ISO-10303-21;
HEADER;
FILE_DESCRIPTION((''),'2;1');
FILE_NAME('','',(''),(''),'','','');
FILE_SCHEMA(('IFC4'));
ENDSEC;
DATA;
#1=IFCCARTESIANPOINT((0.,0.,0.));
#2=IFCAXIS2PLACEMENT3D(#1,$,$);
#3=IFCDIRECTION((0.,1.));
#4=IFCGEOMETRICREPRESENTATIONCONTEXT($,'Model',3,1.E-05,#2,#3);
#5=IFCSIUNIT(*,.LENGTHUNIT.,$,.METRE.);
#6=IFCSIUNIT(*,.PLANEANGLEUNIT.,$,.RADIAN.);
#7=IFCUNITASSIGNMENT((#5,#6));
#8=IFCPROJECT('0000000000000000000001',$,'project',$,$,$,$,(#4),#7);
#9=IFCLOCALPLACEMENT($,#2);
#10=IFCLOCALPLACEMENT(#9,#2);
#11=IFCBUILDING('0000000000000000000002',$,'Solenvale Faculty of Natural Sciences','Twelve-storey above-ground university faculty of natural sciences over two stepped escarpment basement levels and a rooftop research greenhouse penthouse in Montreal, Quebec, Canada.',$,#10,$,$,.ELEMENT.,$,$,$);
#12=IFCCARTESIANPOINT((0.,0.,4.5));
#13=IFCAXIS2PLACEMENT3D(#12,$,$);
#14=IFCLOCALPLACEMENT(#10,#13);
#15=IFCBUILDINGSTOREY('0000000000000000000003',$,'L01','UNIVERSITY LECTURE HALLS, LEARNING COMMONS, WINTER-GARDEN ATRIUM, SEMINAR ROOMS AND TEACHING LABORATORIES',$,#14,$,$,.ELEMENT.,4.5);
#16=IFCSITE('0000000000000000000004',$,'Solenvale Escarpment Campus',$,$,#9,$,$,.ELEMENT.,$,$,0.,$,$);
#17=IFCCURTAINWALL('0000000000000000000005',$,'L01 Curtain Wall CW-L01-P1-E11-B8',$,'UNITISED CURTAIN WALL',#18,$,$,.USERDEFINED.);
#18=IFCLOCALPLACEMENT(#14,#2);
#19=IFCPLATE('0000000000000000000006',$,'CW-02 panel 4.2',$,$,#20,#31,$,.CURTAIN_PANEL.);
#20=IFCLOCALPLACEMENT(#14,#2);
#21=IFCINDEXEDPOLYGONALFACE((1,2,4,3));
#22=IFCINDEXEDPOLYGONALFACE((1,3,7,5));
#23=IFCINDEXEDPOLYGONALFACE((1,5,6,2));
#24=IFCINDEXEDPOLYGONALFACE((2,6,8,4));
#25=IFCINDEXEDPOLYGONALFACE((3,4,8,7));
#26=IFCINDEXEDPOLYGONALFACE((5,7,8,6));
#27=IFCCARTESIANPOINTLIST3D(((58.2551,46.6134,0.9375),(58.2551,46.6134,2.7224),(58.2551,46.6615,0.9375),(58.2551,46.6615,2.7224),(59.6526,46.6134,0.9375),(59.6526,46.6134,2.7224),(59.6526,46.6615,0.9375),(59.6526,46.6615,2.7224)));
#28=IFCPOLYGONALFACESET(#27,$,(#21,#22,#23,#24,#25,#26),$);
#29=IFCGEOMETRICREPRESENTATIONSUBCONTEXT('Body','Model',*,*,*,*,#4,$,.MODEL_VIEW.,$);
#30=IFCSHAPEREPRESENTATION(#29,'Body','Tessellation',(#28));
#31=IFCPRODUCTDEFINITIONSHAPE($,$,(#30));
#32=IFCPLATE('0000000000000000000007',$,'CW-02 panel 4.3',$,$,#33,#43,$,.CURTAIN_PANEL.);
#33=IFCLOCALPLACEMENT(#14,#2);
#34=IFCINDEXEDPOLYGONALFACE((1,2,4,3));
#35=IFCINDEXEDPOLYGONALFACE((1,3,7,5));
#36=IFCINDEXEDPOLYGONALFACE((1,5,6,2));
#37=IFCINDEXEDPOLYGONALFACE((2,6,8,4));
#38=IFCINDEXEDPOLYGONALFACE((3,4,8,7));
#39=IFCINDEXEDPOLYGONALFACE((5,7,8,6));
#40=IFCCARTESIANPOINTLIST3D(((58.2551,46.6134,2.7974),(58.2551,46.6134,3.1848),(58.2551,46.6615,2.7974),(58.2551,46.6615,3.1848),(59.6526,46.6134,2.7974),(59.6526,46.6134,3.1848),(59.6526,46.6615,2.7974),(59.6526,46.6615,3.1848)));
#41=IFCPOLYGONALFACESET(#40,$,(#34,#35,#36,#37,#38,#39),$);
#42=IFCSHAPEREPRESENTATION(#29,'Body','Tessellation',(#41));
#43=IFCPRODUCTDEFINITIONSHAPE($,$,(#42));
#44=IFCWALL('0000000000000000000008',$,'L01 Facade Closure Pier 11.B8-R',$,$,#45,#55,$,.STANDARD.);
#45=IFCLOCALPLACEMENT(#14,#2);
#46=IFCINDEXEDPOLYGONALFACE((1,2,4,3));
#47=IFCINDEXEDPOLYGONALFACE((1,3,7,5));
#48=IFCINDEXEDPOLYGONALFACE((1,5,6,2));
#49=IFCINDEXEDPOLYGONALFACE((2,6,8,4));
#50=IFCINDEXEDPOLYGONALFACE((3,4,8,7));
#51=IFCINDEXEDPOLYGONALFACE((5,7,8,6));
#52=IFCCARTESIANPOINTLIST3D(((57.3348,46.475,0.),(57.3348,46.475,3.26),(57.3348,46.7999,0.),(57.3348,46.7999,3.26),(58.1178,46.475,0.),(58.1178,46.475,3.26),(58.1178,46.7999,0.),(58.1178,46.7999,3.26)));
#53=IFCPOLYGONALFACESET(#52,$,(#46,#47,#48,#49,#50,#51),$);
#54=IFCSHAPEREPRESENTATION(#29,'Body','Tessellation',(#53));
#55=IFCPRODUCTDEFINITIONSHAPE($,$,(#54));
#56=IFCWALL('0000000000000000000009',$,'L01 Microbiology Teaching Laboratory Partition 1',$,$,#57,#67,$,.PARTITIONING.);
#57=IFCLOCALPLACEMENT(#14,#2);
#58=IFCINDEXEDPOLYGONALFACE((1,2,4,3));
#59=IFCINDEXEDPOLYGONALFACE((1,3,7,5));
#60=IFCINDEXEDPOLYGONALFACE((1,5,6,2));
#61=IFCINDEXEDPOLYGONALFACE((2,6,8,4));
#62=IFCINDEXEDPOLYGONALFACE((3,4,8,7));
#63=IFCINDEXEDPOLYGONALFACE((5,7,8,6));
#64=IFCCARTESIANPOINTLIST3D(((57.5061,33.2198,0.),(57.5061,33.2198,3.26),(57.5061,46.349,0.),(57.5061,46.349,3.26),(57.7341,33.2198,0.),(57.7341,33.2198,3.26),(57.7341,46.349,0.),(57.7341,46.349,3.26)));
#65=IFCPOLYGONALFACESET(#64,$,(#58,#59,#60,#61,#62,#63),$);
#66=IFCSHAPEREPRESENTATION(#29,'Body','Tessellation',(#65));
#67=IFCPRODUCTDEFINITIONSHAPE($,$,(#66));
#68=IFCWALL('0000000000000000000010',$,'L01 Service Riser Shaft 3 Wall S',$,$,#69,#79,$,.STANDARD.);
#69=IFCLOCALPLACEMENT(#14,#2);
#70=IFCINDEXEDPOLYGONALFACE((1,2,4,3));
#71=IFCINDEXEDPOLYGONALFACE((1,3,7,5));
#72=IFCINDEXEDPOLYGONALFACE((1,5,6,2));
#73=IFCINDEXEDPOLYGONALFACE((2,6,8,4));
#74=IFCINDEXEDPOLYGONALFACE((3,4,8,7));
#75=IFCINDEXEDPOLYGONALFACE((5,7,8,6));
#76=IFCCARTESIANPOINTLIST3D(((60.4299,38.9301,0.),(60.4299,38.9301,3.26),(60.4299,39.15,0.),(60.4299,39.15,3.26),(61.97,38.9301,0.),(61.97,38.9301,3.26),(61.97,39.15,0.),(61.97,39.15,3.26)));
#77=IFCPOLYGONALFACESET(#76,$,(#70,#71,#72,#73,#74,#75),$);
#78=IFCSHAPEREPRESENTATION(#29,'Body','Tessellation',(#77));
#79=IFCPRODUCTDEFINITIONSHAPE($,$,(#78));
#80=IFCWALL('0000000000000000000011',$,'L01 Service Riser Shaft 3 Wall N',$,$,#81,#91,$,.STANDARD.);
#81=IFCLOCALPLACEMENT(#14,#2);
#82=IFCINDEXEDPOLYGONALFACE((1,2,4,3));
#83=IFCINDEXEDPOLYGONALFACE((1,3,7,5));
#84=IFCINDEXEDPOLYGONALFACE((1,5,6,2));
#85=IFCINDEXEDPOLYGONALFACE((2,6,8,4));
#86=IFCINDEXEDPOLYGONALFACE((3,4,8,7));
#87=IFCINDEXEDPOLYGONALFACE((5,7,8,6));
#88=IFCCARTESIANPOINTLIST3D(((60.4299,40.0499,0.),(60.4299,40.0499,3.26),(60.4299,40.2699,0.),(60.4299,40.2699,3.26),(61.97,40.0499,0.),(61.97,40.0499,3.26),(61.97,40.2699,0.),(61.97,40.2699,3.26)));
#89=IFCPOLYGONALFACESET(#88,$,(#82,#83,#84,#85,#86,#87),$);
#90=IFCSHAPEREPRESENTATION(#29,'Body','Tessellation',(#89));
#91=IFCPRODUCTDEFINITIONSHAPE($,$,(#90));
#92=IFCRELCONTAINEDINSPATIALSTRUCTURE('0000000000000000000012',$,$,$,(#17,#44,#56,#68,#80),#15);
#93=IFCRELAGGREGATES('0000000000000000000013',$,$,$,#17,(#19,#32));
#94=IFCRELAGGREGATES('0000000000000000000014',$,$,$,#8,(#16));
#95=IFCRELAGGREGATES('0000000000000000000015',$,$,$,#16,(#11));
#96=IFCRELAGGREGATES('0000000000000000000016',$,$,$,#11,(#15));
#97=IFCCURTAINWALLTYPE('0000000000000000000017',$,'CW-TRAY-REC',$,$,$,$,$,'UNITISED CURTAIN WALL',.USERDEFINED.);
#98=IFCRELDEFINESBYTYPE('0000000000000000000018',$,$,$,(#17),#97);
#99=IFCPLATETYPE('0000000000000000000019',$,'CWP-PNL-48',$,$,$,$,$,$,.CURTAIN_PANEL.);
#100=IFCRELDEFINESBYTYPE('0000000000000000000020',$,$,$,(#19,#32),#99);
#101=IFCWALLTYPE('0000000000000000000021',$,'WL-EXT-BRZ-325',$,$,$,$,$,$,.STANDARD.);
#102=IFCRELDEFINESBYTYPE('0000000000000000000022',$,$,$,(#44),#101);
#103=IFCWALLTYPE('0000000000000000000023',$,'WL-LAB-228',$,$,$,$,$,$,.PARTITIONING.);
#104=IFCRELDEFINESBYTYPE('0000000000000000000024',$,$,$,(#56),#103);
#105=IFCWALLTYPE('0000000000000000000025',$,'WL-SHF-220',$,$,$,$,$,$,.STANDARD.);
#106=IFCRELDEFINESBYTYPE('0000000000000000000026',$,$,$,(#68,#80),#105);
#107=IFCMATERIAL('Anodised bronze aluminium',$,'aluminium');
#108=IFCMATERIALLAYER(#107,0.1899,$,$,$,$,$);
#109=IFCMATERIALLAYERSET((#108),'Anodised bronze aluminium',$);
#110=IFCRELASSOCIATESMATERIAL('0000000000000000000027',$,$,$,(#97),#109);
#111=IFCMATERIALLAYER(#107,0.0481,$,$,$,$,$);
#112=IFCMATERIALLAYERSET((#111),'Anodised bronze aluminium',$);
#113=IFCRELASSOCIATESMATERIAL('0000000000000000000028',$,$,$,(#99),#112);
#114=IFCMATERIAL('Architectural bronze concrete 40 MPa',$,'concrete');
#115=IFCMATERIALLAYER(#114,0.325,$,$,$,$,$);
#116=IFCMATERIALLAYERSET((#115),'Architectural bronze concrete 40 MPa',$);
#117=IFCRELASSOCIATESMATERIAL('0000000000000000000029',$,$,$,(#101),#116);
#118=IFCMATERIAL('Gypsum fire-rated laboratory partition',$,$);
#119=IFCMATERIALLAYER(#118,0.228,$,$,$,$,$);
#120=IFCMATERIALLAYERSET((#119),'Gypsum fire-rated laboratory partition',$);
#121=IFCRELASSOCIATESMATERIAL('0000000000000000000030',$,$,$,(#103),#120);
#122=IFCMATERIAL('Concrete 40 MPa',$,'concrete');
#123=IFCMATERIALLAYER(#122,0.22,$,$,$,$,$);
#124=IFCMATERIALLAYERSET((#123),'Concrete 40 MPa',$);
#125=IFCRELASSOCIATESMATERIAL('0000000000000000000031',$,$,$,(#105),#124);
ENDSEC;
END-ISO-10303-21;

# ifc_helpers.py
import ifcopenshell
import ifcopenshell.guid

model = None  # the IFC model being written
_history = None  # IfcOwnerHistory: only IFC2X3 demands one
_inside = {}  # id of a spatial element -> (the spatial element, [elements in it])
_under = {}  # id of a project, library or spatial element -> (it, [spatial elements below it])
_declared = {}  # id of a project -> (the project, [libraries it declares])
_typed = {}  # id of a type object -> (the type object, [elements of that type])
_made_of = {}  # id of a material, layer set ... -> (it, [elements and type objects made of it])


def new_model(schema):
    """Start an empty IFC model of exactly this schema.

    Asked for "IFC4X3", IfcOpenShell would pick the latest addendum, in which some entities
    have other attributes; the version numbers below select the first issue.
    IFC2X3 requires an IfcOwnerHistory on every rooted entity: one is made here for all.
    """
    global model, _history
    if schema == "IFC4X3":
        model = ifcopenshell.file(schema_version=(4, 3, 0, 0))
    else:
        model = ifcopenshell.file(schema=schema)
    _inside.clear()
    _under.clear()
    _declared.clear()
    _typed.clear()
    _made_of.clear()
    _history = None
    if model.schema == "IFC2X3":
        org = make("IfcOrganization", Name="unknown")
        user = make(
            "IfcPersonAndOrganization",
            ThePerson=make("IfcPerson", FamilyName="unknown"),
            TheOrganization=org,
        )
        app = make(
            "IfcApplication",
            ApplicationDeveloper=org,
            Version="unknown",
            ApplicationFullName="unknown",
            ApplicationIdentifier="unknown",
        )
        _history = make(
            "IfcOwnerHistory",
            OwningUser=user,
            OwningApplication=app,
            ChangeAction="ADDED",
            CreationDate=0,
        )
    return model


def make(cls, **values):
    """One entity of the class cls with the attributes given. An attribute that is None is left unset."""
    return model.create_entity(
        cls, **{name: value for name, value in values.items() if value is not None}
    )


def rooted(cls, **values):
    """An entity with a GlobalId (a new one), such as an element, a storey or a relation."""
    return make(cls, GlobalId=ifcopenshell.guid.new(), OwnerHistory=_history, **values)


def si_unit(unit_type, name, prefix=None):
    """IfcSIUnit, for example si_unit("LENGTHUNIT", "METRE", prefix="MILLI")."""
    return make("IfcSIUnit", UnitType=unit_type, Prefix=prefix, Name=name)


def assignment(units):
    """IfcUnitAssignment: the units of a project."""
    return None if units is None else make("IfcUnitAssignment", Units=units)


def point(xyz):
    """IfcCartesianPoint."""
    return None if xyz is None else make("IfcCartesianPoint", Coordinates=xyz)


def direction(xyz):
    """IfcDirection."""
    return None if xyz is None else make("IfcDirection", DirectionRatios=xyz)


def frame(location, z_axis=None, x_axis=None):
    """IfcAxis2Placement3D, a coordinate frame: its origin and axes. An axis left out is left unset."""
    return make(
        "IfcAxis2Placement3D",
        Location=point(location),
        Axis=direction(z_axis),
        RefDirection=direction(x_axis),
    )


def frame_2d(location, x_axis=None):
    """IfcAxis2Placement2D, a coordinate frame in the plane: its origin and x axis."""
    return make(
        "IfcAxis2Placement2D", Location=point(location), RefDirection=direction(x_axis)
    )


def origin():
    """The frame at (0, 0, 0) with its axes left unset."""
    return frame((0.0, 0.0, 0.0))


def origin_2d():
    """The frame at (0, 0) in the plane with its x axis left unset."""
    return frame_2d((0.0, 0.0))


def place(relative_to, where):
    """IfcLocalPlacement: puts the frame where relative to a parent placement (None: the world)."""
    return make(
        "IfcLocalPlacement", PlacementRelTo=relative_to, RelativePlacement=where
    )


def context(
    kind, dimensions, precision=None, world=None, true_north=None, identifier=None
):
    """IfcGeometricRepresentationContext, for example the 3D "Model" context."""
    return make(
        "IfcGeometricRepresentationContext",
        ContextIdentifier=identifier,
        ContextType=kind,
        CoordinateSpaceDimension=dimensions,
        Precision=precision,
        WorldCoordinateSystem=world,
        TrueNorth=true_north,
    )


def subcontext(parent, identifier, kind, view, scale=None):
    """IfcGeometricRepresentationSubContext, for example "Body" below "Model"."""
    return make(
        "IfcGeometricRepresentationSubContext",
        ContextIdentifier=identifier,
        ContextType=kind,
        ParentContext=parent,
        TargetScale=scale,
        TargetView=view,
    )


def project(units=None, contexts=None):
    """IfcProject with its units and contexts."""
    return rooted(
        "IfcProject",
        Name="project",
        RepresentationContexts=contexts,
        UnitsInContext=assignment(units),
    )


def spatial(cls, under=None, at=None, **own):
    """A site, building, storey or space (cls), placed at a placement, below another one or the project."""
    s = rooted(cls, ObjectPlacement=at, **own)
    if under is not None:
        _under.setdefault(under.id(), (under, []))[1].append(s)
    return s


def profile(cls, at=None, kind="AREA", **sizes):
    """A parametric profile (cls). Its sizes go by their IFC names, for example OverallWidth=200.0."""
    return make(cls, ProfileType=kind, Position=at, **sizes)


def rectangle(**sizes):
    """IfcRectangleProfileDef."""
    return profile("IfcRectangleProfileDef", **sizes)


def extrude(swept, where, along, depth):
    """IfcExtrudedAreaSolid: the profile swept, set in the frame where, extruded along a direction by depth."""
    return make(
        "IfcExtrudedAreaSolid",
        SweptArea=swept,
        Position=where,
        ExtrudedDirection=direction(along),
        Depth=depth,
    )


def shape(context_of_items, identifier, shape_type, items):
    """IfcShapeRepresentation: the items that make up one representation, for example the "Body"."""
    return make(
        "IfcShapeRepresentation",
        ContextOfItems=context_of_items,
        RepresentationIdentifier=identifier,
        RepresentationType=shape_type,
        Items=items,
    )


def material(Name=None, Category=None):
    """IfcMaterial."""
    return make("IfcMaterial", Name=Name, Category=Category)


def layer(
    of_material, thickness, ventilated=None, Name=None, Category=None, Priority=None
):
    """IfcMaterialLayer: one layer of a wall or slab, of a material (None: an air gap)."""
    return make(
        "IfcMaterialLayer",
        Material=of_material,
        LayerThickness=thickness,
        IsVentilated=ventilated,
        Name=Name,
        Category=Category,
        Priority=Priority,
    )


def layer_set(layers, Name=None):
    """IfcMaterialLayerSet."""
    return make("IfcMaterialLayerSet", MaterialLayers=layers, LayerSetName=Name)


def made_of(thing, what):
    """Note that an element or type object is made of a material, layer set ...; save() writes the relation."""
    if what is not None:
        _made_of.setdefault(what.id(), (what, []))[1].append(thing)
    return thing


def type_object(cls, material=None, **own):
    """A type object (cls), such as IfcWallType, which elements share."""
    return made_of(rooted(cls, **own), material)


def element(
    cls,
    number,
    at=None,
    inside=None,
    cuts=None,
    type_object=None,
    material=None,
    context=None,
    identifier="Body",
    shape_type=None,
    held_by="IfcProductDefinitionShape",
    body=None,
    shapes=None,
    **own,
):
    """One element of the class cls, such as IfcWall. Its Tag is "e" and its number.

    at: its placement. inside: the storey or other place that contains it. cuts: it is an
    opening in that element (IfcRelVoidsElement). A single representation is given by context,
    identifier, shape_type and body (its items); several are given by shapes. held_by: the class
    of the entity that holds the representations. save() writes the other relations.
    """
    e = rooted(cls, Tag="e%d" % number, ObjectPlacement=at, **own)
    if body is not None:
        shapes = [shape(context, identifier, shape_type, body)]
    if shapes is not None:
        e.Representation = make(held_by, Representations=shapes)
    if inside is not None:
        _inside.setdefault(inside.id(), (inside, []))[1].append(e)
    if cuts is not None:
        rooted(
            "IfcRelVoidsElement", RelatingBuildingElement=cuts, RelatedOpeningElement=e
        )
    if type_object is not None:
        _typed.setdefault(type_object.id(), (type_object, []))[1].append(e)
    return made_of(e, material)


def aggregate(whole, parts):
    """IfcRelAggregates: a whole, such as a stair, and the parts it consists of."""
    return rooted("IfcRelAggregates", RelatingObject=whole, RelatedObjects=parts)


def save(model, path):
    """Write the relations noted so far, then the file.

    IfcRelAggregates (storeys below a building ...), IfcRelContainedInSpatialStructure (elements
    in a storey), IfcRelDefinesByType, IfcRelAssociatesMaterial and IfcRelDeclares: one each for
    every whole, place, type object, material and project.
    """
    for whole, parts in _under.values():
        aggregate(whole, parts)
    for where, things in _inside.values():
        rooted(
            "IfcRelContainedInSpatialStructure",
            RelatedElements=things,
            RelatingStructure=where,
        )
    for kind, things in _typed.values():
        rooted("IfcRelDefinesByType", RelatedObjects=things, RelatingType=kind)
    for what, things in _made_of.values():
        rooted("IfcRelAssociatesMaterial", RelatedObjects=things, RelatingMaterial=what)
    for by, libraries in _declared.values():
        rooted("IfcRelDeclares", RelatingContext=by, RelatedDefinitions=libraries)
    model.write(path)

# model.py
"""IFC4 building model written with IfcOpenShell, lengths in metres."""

from ifc_helpers import new_model, si_unit, direction, frame, frame_2d, origin, origin_2d, place, context, subcontext, project, spatial, rectangle, extrude, material, layer, layer_set, type_object, element, aggregate, save


model = new_model("IFC4")

# Units and contexts
model_context = context("Model", 3, precision=1e-05, world=origin(), true_north=direction((0.0, 1.0)))
body_context = subcontext(model_context, "Body", "Model", "MODEL_VIEW")
ifc_project = project(units=[si_unit("LENGTHUNIT", "METRE"), si_unit("PLANEANGLEUNIT", "RADIAN")], contexts=[model_context])

# Site, building, storey
site_placement = place(None, origin())
site = spatial("IfcSite", under=ifc_project, at=site_placement, Name="Solenvale Escarpment Campus", CompositionType="ELEMENT", RefElevation=0.0)
building_placement = place(site_placement, origin())
building = spatial("IfcBuilding", under=site, at=building_placement, Name="Solenvale Faculty of Natural Sciences", Description="Twelve-storey above-ground university faculty of natural sciences over two stepped escarpment basement levels and a rooftop research greenhouse penthouse in Montreal, Quebec, Canada.", CompositionType="ELEMENT")
storey_placement = place(building_placement, frame((0.0, 0.0, 4.5)))
storey = spatial("IfcBuildingStorey", under=building, at=storey_placement, Name="L01", Description="UNIVERSITY LECTURE HALLS, LEARNING COMMONS, WINTER-GARDEN ATRIUM, SEMINAR ROOMS AND TEACHING LABORATORIES", CompositionType="ELEMENT", Elevation=4.5)

# Shared definitions
ifc_material_1 = material(Name="Concrete 40 MPa", Category="concrete")
ifc_material_2 = material(Name="Architectural bronze concrete 40 MPa", Category="concrete")

# Curtain wall, plates
ifc_material_3 = material(Name="Anodised bronze aluminium", Category="aluminium")
ifc_layer_1 = layer(ifc_material_3, 0.1899)
ifc_layer_set_1 = layer_set([ifc_layer_1], Name="Anodised bronze aluminium")
curtain_wall_type = type_object("IfcCurtainWallType", Name="CW-TRAY-REC", ElementType="UNITISED CURTAIN WALL", PredefinedType="USERDEFINED", material=ifc_layer_set_1)
curtain_wall_placement = place(storey_placement, origin())
curtain_wall = element("IfcCurtainWall", 1, at=curtain_wall_placement, inside=storey, type_object=curtain_wall_type, Name="L01 Curtain Wall CW-L01-P1-E11-B8", ObjectType="UNITISED CURTAIN WALL", PredefinedType="USERDEFINED")
ifc_layer_2 = layer(ifc_material_3, 0.0481)
ifc_layer_set_2 = layer_set([ifc_layer_2], Name="Anodised bronze aluminium")
plate_type = type_object("IfcPlateType", Name="CWP-PNL-48", PredefinedType="CURTAIN_PANEL", material=ifc_layer_set_2)
plate_1_placement = place(storey_placement, frame((58.9539, 46.6375, 0.9375), z_axis=(0.0, 0.0, 1.0), x_axis=(-1.0, 0.0, 0.0)))
plate_1 = element("IfcPlate", 2, at=plate_1_placement, type_object=plate_type, Name="CW-02 panel 4.2", PredefinedType="CURTAIN_PANEL", context=body_context, shape_type="SweptSolid", body=[
    extrude(rectangle(XDim=1.3975, YDim=0.0481, at=origin_2d()), origin(), (0.0, 0.0, 1.0), 1.7849),
])
plate_2_placement = place(storey_placement, frame((58.9539, 46.6375, 2.7974), z_axis=(0.0, 0.0, 1.0), x_axis=(-1.0, 0.0, 0.0)))
plate_2 = element("IfcPlate", 3, at=plate_2_placement, type_object=plate_type, Name="CW-02 panel 4.3", PredefinedType="CURTAIN_PANEL", context=body_context, shape_type="SweptSolid", body=[
    extrude(rectangle(XDim=1.3975, YDim=0.0481, at=origin_2d()), origin(), (0.0, 0.0, 1.0), 0.3875),
])
aggregate(curtain_wall, [plate_1, plate_2])

# Walls
ifc_layer_3 = layer(ifc_material_2, 0.325)
ifc_layer_set_3 = layer_set([ifc_layer_3], Name="Architectural bronze concrete 40 MPa")
wall_type_1 = type_object("IfcWallType", Name="WL-EXT-BRZ-325", PredefinedType="STANDARD", material=ifc_layer_set_3)
wall_1_placement = place(storey_placement, frame((58.1179, 46.6375, 0.0), z_axis=(0.0, 0.0, 1.0), x_axis=(-1.0, 0.0, 0.0)))
element("IfcWall", 4, at=wall_1_placement, inside=storey, type_object=wall_type_1, Name="L01 Facade Closure Pier 11.B8-R", PredefinedType="STANDARD", context=body_context, shape_type="SweptSolid", body=[
    extrude(rectangle(XDim=0.783, YDim=0.325, at=frame_2d((0.3916, 0.0))), origin(), (0.0, 0.0, 1.0), 3.26),
])
ifc_material_4 = material(Name="Gypsum fire-rated laboratory partition")
ifc_layer_4 = layer(ifc_material_4, 0.228)
ifc_layer_set_4 = layer_set([ifc_layer_4], Name="Gypsum fire-rated laboratory partition")
wall_type_2 = type_object("IfcWallType", Name="WL-LAB-228", PredefinedType="PARTITIONING", material=ifc_layer_set_4)
wall_2_placement = place(storey_placement, frame((57.6201, 33.22, 0.0), z_axis=(0.0, 0.0, 1.0), x_axis=(0.0, 1.0, 0.0)))
element("IfcWall", 5, at=wall_2_placement, inside=storey, type_object=wall_type_2, Name="L01 Microbiology Teaching Laboratory Partition 1", PredefinedType="PARTITIONING", context=body_context, shape_type="SweptSolid", body=[
    extrude(rectangle(XDim=13.1292, YDim=0.228, at=frame_2d((6.5645, 0.0))), origin(), (0.0, 0.0, 1.0), 3.26),
])
ifc_layer_5 = layer(ifc_material_1, 0.22)
ifc_layer_set_5 = layer_set([ifc_layer_5], Name="Concrete 40 MPa")
wall_type_3 = type_object("IfcWallType", Name="WL-SHF-220", PredefinedType="STANDARD", material=ifc_layer_set_5)
for number, where, z_axis, x_axis, name in (
    (6, (60.4299, 39.04, 0.0), (0.0, 0.0, 1.0), (1.0, 0.0, 0.0), "L01 Service Riser Shaft 3 Wall S"),
    (7, (60.4299, 40.1599, 0.0), (0.0, 0.0, 1.0), (1.0, 0.0, 0.0), "L01 Service Riser Shaft 3 Wall N"),
):
    element("IfcWall", number, at=place(storey_placement, frame(where, z_axis=z_axis, x_axis=x_axis)), inside=storey, type_object=wall_type_3, Name=name, PredefinedType="STANDARD", context=body_context, shape_type="SweptSolid", body=[
        extrude(rectangle(XDim=1.54, YDim=0.22, at=frame_2d((0.77, 0.0))), origin(), (0.0, 0.0, 1.0), 3.26),
    ])

save(model, "model.ifc")
